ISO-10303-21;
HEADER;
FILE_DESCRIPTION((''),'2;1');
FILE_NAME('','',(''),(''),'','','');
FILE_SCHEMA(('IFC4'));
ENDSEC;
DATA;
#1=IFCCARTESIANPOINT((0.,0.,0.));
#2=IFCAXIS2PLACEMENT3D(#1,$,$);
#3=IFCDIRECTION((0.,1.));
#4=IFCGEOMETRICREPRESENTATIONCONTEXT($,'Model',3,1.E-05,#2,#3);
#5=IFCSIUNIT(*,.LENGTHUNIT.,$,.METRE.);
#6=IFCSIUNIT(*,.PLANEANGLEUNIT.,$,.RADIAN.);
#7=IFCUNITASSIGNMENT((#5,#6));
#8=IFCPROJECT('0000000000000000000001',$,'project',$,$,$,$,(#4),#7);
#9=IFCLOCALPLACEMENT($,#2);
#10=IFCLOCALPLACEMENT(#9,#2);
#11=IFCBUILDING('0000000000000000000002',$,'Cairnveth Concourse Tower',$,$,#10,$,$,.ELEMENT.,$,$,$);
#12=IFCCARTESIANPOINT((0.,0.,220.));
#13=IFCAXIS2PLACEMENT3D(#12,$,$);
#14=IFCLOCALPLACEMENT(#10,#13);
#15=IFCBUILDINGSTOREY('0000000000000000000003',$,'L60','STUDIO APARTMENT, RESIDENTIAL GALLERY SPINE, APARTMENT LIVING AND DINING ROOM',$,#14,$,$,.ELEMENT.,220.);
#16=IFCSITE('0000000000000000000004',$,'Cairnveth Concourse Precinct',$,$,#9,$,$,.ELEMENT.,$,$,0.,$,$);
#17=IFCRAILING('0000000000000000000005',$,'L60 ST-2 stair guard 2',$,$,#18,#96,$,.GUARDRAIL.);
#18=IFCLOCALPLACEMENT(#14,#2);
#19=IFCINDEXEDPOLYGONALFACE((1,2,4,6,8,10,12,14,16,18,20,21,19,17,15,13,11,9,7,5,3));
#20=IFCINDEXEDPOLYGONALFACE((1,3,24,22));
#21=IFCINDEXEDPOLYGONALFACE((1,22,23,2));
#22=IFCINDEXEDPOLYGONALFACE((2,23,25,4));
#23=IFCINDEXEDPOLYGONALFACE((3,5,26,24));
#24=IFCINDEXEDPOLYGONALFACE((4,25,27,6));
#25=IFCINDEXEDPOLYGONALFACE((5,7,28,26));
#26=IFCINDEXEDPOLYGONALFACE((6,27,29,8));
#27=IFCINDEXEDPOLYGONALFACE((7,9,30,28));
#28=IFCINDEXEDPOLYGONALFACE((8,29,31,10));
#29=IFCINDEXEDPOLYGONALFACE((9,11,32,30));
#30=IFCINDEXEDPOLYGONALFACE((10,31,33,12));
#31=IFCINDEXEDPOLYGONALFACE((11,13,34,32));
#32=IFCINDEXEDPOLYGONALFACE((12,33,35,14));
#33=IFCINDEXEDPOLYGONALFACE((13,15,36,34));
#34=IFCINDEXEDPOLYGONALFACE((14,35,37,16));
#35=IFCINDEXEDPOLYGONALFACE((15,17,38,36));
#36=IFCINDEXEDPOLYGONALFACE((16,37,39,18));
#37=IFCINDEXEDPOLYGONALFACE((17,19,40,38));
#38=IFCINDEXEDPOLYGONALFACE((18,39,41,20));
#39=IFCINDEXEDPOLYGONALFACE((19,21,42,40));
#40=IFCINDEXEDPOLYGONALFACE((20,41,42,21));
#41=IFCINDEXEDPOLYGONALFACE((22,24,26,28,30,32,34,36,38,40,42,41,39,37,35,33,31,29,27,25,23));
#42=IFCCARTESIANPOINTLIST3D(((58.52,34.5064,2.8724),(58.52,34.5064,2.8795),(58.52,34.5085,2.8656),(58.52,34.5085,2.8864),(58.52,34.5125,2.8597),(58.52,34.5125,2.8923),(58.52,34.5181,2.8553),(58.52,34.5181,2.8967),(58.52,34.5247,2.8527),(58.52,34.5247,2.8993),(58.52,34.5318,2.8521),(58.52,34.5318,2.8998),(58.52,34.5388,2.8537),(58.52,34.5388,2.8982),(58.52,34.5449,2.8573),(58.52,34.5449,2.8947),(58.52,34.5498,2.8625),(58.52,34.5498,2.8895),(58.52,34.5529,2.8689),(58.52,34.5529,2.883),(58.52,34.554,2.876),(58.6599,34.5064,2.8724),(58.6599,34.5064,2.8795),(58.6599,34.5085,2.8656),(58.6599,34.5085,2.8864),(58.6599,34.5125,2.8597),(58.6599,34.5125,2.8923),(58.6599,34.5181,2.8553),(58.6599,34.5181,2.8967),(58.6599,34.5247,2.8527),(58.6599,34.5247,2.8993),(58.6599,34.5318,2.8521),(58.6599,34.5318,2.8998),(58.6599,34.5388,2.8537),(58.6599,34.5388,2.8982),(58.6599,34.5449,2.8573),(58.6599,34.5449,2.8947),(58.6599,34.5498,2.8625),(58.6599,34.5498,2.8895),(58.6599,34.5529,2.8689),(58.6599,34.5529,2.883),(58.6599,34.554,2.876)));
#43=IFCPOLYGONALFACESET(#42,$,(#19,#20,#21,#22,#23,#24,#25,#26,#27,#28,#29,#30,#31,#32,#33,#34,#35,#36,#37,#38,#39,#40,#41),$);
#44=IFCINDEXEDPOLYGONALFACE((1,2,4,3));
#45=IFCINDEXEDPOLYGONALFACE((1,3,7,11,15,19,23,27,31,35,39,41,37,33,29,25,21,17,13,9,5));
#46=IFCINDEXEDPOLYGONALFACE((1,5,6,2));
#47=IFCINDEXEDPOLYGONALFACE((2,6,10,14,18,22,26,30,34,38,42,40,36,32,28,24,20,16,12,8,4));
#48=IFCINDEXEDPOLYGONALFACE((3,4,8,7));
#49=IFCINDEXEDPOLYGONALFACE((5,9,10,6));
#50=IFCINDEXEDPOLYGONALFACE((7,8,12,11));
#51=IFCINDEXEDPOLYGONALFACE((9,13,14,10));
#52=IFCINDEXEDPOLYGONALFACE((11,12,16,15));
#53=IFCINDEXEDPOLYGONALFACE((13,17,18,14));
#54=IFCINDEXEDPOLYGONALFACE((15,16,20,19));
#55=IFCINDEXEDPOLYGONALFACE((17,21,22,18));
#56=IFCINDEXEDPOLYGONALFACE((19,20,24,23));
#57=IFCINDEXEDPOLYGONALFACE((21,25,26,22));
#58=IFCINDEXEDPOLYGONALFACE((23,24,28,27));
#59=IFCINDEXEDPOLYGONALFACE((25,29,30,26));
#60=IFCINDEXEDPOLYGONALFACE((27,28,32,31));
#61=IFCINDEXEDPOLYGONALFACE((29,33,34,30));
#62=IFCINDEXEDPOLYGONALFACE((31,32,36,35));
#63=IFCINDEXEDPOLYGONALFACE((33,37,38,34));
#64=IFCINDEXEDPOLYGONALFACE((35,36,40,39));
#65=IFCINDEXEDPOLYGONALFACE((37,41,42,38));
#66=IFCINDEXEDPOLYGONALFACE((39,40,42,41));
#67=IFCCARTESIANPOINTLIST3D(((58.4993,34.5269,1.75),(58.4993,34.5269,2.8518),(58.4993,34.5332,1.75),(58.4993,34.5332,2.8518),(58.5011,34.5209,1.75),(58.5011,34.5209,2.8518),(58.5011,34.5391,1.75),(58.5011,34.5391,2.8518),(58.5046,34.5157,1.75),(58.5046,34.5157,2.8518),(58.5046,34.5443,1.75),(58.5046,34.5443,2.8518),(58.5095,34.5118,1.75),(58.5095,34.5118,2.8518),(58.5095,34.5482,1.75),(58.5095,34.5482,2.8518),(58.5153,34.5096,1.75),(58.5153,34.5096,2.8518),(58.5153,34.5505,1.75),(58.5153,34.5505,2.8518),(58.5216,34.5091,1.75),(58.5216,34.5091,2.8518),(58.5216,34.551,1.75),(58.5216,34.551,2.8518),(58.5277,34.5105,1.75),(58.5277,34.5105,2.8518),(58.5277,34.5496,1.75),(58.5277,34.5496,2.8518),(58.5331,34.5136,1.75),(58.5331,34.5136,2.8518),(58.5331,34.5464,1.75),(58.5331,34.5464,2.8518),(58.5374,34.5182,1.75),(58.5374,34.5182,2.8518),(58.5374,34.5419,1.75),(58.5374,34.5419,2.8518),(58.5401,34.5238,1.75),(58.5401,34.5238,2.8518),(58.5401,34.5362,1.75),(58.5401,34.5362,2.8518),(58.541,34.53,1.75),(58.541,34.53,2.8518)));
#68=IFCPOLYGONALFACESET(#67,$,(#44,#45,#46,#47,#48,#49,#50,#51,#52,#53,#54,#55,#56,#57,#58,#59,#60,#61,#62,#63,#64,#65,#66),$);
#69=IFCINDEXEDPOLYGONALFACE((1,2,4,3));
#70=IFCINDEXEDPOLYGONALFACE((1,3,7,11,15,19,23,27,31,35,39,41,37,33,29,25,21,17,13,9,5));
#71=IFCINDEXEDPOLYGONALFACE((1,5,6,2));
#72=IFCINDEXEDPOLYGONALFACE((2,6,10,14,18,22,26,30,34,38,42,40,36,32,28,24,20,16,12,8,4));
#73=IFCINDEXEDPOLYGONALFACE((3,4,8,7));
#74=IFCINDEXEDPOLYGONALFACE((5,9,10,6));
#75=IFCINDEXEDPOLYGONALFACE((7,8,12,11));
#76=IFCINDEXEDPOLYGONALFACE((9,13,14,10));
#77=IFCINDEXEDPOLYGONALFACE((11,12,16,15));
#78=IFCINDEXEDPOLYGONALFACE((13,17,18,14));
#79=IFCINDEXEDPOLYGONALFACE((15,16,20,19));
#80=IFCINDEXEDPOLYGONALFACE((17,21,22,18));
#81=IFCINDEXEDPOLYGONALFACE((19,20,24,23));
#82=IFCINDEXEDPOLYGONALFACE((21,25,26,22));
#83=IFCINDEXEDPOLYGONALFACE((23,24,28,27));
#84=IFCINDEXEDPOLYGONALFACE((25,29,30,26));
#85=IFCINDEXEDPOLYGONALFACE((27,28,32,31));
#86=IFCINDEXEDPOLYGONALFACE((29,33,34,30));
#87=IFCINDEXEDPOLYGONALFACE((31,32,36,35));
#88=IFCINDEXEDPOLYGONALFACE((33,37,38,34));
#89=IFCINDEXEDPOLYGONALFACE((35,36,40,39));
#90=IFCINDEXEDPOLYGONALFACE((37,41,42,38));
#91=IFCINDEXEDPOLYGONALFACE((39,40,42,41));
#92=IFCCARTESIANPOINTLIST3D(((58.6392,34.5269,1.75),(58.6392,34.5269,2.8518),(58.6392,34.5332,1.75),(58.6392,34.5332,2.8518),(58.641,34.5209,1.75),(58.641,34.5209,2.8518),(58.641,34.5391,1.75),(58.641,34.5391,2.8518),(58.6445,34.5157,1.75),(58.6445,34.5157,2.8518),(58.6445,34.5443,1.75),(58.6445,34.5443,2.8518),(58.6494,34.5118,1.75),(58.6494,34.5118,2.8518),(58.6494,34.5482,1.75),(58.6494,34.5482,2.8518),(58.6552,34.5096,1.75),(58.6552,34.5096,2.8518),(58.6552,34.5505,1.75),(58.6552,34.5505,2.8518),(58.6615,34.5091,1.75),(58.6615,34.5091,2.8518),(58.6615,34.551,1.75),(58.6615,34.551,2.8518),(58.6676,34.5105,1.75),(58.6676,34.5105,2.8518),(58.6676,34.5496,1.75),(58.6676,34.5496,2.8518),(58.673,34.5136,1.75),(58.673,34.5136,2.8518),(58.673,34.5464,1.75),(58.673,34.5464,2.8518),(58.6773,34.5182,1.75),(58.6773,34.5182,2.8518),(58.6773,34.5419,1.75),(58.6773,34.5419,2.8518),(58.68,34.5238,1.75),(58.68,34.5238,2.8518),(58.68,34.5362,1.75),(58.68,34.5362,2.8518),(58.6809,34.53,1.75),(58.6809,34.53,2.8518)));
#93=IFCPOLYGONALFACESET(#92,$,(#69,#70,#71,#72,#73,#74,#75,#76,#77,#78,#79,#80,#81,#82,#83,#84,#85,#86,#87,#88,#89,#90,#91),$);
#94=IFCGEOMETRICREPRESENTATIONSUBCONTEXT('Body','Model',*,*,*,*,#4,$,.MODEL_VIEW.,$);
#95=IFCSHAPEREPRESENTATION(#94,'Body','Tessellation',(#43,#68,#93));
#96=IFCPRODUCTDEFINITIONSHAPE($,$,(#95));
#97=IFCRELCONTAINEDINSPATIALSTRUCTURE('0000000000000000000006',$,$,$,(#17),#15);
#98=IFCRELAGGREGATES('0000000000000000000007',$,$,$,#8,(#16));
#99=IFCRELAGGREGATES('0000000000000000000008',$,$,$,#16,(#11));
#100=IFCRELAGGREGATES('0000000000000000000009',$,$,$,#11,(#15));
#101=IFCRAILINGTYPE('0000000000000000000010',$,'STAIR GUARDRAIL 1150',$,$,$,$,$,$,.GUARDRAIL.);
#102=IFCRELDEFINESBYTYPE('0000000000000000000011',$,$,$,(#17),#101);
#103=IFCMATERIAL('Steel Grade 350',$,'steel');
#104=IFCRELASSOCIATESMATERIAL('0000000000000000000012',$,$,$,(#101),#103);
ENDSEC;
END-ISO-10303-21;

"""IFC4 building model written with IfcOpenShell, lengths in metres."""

from ifc_helpers import new_model, si_unit, direction, frame, origin, origin_2d, place, context, subcontext, project, spatial, circle, extrude, material, type_object, element, save


model = new_model("IFC4")

# Units and contexts
model_context = context("Model", 3, precision=1e-05, world=origin(), true_north=direction((0.0, 1.0)))
body_context = subcontext(model_context, "Body", "Model", "MODEL_VIEW")
ifc_project = project(units=[si_unit("LENGTHUNIT", "METRE"), si_unit("PLANEANGLEUNIT", "RADIAN")], contexts=[model_context])

# Site, building, storey
site_placement = place(None, origin())
site = spatial("IfcSite", under=ifc_project, at=site_placement, Name="Cairnveth Concourse Precinct", CompositionType="ELEMENT", RefElevation=0.0)
building_placement = place(site_placement, origin())
building = spatial("IfcBuilding", under=site, at=building_placement, Name="Cairnveth Concourse Tower", CompositionType="ELEMENT")
storey_placement = place(building_placement, frame((0.0, 0.0, 220.0)))
storey = spatial("IfcBuildingStorey", under=building, at=storey_placement, Name="L60", Description="STUDIO APARTMENT, RESIDENTIAL GALLERY SPINE, APARTMENT LIVING AND DINING ROOM", CompositionType="ELEMENT", Elevation=220.0)

# Shared definitions
ifc_material_1 = material(Name="Steel Grade 350", Category="steel")

# Railing
railing_type_1 = type_object("IfcRailingType", Name="STAIR GUARDRAIL 1150", PredefinedType="GUARDRAIL", material=ifc_material_1)
railing_1_placement = place(storey_placement, frame((58.52, 34.53, 1.75)))
element("IfcRailing", 1, at=railing_1_placement, inside=storey, type_object=railing_type_1, Name="L60 ST-2 stair guard 2", PredefinedType="GUARDRAIL", context=body_context, shape_type="SweptSolid", body=[
    extrude(circle(Radius=0.0239, at=origin_2d()), frame((0.0, 0.0, 1.126), z_axis=(1.0, 0.0, 0.0), x_axis=(0.0, 1.0, 0.0)), (0.0, 0.0, 1.0), 0.1399),
    extrude(circle(Radius=0.021, at=origin_2d()), origin(), (0.0, 0.0, 1.0), 1.1018),
    extrude(circle(Radius=0.021, at=origin_2d()), frame((0.1399, 0.0, 0.0)), (0.0, 0.0, 1.0), 1.1018),
])

save(model, "model.ifc")
